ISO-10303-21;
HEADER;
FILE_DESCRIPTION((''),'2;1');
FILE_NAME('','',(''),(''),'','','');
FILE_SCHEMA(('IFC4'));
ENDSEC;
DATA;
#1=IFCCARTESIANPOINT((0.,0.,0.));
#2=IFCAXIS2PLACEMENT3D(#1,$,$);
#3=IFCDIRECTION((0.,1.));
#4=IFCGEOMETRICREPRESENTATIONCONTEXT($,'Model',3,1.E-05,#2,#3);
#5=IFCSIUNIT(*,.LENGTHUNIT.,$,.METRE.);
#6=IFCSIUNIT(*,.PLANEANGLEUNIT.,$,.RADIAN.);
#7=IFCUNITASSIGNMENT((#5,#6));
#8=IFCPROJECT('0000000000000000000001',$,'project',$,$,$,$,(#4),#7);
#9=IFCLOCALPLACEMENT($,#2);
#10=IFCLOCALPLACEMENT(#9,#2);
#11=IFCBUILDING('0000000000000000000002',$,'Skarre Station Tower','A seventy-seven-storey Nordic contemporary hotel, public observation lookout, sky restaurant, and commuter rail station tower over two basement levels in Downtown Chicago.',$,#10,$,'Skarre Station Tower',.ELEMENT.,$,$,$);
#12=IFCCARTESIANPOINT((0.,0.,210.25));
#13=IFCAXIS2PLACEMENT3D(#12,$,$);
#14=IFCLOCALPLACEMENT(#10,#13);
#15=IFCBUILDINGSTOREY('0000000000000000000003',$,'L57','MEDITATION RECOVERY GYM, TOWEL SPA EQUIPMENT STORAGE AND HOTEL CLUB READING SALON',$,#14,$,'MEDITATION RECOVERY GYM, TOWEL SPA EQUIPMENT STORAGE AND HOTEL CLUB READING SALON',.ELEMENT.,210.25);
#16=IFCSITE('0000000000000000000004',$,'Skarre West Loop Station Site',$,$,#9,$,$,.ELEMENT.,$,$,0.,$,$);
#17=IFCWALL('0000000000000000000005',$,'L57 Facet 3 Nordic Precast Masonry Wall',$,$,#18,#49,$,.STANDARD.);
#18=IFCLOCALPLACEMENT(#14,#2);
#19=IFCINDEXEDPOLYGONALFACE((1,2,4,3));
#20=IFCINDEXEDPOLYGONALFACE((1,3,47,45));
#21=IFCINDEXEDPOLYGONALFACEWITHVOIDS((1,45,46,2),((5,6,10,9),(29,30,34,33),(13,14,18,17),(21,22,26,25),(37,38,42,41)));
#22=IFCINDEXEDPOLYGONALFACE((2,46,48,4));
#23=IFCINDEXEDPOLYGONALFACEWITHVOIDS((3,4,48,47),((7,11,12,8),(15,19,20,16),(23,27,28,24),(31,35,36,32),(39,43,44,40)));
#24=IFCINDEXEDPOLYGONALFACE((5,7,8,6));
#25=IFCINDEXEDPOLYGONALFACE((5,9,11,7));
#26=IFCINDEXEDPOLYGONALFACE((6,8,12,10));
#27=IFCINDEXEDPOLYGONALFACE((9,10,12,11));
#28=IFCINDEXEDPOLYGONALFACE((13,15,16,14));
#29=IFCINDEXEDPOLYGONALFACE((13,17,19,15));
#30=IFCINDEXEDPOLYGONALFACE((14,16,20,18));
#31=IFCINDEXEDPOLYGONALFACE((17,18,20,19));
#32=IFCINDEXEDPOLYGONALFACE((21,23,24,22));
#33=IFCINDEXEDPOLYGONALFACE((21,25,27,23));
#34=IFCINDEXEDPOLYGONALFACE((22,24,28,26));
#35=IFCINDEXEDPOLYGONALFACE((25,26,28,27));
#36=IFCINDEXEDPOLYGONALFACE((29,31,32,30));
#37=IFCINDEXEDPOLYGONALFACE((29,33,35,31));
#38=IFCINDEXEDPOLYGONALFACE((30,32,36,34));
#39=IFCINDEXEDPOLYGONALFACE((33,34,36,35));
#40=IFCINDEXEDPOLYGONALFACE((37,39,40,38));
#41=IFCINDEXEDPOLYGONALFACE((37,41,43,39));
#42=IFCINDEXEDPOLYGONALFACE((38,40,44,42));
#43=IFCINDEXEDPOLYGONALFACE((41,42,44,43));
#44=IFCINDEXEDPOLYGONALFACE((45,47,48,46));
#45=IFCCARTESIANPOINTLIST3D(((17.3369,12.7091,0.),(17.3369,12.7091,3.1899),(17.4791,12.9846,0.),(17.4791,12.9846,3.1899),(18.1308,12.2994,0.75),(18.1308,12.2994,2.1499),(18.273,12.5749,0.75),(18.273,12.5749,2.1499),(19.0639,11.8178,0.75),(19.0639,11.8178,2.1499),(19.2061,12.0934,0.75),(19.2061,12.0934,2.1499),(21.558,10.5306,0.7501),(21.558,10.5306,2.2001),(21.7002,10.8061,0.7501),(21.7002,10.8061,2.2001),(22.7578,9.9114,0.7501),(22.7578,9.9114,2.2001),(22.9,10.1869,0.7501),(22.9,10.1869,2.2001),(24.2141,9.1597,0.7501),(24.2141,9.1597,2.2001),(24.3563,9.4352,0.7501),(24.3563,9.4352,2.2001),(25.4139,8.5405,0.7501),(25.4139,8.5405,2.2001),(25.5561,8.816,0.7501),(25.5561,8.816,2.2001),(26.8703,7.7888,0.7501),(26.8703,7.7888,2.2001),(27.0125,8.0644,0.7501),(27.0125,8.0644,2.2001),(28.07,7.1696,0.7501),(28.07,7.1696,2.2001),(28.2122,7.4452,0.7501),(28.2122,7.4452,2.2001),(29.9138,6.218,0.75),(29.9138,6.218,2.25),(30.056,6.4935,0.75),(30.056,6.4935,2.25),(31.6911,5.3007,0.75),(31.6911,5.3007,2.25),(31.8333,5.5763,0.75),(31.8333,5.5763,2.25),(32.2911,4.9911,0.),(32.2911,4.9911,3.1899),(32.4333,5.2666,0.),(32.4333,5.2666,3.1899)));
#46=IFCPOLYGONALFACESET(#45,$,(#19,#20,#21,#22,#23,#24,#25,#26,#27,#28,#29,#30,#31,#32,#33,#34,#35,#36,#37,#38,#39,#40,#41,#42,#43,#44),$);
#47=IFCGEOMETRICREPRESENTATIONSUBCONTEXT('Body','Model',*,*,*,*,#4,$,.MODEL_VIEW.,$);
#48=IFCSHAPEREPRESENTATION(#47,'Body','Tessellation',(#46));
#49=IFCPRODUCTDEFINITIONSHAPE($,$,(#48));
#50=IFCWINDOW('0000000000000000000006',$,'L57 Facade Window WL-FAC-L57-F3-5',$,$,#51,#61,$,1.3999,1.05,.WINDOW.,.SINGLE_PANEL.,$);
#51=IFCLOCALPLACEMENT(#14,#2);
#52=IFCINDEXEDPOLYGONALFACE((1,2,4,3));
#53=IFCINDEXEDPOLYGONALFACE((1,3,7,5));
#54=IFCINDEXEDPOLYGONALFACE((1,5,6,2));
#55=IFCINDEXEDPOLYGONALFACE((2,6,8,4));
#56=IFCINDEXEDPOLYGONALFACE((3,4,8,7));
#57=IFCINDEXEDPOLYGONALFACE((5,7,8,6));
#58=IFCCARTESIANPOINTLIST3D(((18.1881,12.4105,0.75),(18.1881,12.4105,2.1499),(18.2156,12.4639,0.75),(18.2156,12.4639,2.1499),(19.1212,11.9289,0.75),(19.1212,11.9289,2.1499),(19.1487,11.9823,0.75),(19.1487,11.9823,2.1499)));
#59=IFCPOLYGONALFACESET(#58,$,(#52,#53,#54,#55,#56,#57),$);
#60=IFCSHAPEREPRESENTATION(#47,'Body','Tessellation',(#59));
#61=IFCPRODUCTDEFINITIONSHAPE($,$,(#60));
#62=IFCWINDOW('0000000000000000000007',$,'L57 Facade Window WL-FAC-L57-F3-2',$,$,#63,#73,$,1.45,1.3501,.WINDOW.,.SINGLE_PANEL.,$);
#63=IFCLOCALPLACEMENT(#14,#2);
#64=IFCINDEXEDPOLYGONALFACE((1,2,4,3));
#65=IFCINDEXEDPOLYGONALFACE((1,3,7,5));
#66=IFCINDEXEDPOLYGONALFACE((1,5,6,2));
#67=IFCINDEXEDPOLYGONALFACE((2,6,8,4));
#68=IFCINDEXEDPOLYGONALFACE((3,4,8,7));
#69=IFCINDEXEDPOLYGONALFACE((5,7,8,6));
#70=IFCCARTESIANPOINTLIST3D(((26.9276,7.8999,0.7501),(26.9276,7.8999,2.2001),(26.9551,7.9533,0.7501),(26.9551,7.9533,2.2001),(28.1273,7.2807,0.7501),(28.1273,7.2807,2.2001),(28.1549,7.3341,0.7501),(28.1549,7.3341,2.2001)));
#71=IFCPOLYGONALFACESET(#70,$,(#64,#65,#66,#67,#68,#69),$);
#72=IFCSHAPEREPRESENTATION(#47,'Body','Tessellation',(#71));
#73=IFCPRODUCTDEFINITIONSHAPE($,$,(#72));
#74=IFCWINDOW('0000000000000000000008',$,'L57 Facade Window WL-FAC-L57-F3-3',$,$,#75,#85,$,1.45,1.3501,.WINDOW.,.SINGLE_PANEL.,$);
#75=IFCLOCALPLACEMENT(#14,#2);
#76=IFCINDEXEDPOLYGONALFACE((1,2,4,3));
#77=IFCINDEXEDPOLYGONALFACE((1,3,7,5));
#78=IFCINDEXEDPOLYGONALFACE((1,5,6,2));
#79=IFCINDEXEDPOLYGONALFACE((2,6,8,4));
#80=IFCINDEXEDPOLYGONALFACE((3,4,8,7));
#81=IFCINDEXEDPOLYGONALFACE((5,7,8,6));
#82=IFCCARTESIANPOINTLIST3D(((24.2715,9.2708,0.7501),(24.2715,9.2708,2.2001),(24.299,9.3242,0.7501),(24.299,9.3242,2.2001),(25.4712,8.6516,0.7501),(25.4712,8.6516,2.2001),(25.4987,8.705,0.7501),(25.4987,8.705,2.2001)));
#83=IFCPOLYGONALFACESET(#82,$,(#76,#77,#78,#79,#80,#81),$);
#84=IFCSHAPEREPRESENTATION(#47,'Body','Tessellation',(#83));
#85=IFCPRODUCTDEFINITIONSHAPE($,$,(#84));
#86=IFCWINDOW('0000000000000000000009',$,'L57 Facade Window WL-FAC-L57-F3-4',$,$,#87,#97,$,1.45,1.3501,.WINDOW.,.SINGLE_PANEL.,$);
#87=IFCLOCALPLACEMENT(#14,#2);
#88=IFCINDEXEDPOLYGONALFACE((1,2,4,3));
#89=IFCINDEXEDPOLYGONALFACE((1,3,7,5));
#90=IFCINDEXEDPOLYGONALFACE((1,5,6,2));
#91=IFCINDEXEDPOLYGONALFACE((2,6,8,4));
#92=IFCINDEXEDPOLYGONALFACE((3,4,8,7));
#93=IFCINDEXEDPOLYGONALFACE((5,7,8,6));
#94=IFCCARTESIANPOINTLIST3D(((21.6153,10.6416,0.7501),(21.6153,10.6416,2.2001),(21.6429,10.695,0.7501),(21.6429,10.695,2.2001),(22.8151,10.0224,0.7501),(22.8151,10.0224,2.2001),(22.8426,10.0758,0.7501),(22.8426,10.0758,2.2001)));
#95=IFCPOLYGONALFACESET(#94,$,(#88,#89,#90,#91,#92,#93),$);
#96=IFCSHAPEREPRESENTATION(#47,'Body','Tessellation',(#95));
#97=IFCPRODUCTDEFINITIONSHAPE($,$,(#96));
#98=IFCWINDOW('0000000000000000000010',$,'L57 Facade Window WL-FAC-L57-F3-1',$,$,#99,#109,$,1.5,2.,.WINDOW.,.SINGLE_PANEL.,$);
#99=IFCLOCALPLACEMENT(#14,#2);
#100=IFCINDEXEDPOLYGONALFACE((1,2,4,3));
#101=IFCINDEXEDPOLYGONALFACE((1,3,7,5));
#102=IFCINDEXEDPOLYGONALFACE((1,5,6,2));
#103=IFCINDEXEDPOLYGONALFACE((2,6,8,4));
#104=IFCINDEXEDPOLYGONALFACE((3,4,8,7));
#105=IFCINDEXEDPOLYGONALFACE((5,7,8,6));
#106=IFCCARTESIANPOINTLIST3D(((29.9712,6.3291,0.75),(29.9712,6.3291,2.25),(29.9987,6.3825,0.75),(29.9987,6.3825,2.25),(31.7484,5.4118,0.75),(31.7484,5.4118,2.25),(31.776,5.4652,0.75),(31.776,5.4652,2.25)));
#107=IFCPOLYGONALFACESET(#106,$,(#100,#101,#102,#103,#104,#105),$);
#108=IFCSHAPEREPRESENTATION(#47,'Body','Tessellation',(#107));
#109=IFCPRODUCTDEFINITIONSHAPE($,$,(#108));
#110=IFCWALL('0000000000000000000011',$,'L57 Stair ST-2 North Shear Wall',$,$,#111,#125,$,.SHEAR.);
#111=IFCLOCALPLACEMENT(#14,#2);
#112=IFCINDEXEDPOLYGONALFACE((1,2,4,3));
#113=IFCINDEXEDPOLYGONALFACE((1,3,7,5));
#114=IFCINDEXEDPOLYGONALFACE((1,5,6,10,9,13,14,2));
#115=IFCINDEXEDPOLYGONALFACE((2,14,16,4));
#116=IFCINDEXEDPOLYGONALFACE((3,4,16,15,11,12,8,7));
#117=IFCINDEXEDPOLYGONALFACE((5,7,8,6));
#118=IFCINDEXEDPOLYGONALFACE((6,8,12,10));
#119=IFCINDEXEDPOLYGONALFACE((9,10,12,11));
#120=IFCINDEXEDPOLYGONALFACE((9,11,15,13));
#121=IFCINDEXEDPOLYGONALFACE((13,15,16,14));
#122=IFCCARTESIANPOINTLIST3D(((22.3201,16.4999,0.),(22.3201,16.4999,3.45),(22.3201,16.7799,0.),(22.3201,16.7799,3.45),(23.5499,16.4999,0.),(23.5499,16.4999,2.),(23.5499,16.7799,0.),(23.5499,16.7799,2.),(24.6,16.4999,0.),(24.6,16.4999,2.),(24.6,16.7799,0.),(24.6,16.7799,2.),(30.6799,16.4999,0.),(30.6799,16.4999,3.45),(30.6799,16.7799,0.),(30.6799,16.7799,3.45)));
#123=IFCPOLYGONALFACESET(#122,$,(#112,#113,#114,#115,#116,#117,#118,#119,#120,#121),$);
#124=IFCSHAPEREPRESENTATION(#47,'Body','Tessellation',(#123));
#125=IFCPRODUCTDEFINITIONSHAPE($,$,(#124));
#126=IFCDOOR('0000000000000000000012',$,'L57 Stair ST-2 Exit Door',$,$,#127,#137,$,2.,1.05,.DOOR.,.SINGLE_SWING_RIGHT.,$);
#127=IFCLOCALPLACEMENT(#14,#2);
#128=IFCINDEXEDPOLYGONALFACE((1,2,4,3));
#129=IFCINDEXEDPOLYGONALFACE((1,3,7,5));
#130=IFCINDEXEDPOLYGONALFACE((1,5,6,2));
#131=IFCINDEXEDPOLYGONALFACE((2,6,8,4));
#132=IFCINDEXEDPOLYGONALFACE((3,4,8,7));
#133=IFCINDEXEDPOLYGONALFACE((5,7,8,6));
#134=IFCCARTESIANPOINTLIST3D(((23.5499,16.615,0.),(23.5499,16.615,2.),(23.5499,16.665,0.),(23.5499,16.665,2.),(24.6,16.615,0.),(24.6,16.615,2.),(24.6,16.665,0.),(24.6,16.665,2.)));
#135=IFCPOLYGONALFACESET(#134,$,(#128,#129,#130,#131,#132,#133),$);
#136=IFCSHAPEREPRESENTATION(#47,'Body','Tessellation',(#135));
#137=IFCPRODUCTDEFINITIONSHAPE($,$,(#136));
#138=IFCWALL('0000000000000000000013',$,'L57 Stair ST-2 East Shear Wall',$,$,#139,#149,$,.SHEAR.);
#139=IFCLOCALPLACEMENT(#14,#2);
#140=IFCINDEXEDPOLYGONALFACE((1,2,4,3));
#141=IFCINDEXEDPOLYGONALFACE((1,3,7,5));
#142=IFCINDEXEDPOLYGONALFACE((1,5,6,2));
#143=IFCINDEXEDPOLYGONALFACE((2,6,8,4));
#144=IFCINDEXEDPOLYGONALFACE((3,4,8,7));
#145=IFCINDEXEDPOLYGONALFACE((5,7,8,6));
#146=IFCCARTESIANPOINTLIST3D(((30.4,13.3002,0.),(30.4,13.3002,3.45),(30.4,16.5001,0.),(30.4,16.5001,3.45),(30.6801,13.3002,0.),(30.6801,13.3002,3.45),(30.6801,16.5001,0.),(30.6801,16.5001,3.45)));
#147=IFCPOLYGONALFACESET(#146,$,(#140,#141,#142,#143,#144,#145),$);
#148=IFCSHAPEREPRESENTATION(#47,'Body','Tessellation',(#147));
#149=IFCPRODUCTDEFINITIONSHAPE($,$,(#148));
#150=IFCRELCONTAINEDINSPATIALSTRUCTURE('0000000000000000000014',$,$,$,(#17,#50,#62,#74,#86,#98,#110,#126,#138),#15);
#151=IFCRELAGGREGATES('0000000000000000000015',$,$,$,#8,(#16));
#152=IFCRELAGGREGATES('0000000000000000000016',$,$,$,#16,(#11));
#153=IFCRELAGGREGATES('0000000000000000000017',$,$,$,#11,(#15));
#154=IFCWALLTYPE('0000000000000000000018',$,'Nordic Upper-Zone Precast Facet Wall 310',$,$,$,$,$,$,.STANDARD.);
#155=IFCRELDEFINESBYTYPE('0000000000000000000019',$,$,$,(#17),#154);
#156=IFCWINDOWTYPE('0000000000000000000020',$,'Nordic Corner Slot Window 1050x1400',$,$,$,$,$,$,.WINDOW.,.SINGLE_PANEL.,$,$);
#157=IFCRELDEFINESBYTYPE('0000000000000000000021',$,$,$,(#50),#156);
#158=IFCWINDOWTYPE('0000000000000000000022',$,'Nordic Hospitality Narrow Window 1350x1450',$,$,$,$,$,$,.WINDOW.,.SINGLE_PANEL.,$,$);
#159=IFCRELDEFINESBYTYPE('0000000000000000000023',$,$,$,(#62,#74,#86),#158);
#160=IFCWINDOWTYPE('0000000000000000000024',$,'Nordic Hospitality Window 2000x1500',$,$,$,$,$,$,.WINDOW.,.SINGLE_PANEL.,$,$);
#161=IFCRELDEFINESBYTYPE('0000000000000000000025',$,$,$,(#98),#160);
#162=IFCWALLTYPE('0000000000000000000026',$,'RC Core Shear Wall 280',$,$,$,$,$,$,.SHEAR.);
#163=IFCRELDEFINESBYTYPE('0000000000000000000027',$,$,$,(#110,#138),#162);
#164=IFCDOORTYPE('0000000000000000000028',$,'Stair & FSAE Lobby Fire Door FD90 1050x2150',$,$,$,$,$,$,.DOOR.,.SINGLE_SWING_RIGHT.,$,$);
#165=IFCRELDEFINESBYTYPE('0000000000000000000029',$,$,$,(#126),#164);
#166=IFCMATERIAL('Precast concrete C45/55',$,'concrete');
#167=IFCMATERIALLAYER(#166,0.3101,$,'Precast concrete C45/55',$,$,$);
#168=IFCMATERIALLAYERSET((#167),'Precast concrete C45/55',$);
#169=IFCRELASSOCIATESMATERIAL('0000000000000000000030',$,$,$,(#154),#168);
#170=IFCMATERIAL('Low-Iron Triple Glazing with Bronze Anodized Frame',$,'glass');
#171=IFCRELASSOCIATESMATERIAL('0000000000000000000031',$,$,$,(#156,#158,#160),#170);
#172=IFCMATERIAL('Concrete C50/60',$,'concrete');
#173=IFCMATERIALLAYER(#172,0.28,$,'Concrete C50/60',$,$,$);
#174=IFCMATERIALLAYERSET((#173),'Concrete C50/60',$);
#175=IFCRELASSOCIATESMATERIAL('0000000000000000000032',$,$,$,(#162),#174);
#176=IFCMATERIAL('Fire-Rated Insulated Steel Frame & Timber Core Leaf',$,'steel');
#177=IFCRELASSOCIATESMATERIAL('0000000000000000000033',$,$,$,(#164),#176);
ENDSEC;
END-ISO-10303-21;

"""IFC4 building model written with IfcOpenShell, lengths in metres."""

from ifc_helpers import new_model, si_unit, direction, frame, frame_2d, origin, place, context, subcontext, project, spatial, rectangle, extrude, material, layer, layer_set, type_object, element, fill, save


model = new_model("IFC4")

# Units and contexts
model_context = context("Model", 3, precision=1e-05, world=origin(), true_north=direction((0.0, 1.0)))
body_context = subcontext(model_context, "Body", "Model", "MODEL_VIEW")
ifc_project = project(units=[si_unit("LENGTHUNIT", "METRE"), si_unit("PLANEANGLEUNIT", "RADIAN")], contexts=[model_context])

# Site, building, storey
site_placement = place(None, origin())
site = spatial("IfcSite", under=ifc_project, at=site_placement, Name="Skarre West Loop Station Site", CompositionType="ELEMENT", RefElevation=0.0)
building_placement = place(site_placement, origin())
building = spatial("IfcBuilding", under=site, at=building_placement, Name="Skarre Station Tower", Description="A seventy-seven-storey Nordic contemporary hotel, public observation lookout, sky restaurant, and commuter rail station tower over two basement levels in Downtown Chicago.", LongName="Skarre Station Tower", CompositionType="ELEMENT")
storey_placement = place(building_placement, frame((0.0, 0.0, 210.25)))
storey = spatial("IfcBuildingStorey", under=building, at=storey_placement, Name="L57", Description="MEDITATION RECOVERY GYM, TOWEL SPA EQUIPMENT STORAGE AND HOTEL CLUB READING SALON", LongName="MEDITATION RECOVERY GYM, TOWEL SPA EQUIPMENT STORAGE AND HOTEL CLUB READING SALON", CompositionType="ELEMENT", Elevation=210.25)

# Shared definitions
ifc_material_1 = material(Name="Precast concrete C45/55", Category="concrete")

# Wall, openings, windows
ifc_layer_1 = layer(ifc_material_1, 0.3101, Name="Precast concrete C45/55")
ifc_layer_set_1 = layer_set([ifc_layer_1], Name="Precast concrete C45/55")
wall_type_1 = type_object("IfcWallType", Name="Nordic Upper-Zone Precast Facet Wall 310", PredefinedType="STANDARD", material=ifc_layer_set_1)
wall_1_placement = place(storey_placement, frame((32.3621, 5.1289, 0.0), z_axis=(0.0, 0.0, 1.0), x_axis=(-0.888626, 0.458632, 0.0)))
wall_1 = element("IfcWall", 1, at=wall_1_placement, inside=storey, type_object=wall_type_1, Name="L57 Facet 3 Nordic Precast Masonry Wall", PredefinedType="STANDARD", context=body_context, shape_type="SweptSolid", body=[
    extrude(rectangle(XDim=16.8284, YDim=0.3101, at=frame_2d((8.4141, 0.0))), origin(), (0.0, 0.0, 1.0), 3.1899),
])
opening_1_placement = place(wall_1_placement, frame((0.675, 0.0, 0.75)))
opening_1 = element("IfcOpeningElement", 2, at=opening_1_placement, cuts=wall_1, PredefinedType="OPENING", context=body_context, shape_type="SweptSolid", body=[
    extrude(rectangle(XDim=2.0, YDim=1.5, at=frame_2d((1.0, 0.75))), frame((0.0, 0.165, 0.0), z_axis=(0.0, -1.0, 0.0), x_axis=(1.0, 0.0, 0.0)), (0.0, 0.0, 1.0), 0.3301),
])
opening_2_placement = place(wall_1_placement, frame((4.75, 0.0, 0.75)))
opening_2 = element("IfcOpeningElement", 3, at=opening_2_placement, cuts=wall_1, PredefinedType="OPENING", context=body_context, shape_type="SweptSolid", body=[
    extrude(rectangle(XDim=1.3501, YDim=1.45, at=frame_2d((0.675, 0.7251))), frame((0.0, 0.165, 0.0), z_axis=(0.0, -1.0, 0.0), x_axis=(1.0, 0.0, 0.0)), (0.0, 0.0, 1.0), 0.3301),
])
opening_3_placement = place(wall_1_placement, frame((7.739, 0.0, 0.75)))
opening_3 = element("IfcOpeningElement", 4, at=opening_3_placement, cuts=wall_1, PredefinedType="OPENING", context=body_context, shape_type="SweptSolid", body=[
    extrude(rectangle(XDim=1.3501, YDim=1.45, at=frame_2d((0.675, 0.7251))), frame((0.0, 0.165, 0.0), z_axis=(0.0, -1.0, 0.0), x_axis=(1.0, 0.0, 0.0)), (0.0, 0.0, 1.0), 0.3301),
])
opening_4_placement = place(wall_1_placement, frame((10.728, 0.0, 0.75)))
opening_4 = element("IfcOpeningElement", 5, at=opening_4_placement, cuts=wall_1, PredefinedType="OPENING", context=body_context, shape_type="SweptSolid", body=[
    extrude(rectangle(XDim=1.3501, YDim=1.45, at=frame_2d((0.675, 0.7251))), frame((0.0, 0.165, 0.0), z_axis=(0.0, -1.0, 0.0), x_axis=(1.0, 0.0, 0.0)), (0.0, 0.0, 1.0), 0.3301),
])
opening_5_placement = place(wall_1_placement, frame((14.885, 0.0, 0.75)))
opening_5 = element("IfcOpeningElement", 6, at=opening_5_placement, cuts=wall_1, PredefinedType="OPENING", context=body_context, shape_type="SweptSolid", body=[
    extrude(rectangle(XDim=1.05, YDim=1.3999, at=frame_2d((0.5249, 0.7))), frame((0.0, 0.165, 0.0), z_axis=(0.0, -1.0, 0.0), x_axis=(1.0, 0.0, 0.0)), (0.0, 0.0, 1.0), 0.3301),
])
ifc_material_2 = material(Name="Low-Iron Triple Glazing with Bronze Anodized Frame", Category="glass")
window_type_1 = type_object("IfcWindowType", Name="Nordic Corner Slot Window 1050x1400", PartitioningType="SINGLE_PANEL", PredefinedType="WINDOW", material=ifc_material_2)
window_1_placement = place(opening_5_placement, origin())
window_1 = element("IfcWindow", 7, at=window_1_placement, inside=storey, type_object=window_type_1, Name="L57 Facade Window WL-FAC-L57-F3-5", OverallHeight=1.3999, OverallWidth=1.05, PartitioningType="SINGLE_PANEL", PredefinedType="WINDOW", context=body_context, shape_type="SweptSolid", body=[
    extrude(rectangle(XDim=1.05, YDim=1.3999, at=frame_2d((0.5249, 0.7))), frame((0.0, 0.03, 0.0), z_axis=(0.0, -1.0, 0.0), x_axis=(1.0, 0.0, 0.0)), (0.0, 0.0, 1.0), 0.0601),
])
fill(opening_5, window_1)
window_type_2 = type_object("IfcWindowType", Name="Nordic Hospitality Narrow Window 1350x1450", PartitioningType="SINGLE_PANEL", PredefinedType="WINDOW", material=ifc_material_2)
window_2_placement = place(opening_2_placement, origin())
window_2 = element("IfcWindow", 8, at=window_2_placement, inside=storey, type_object=window_type_2, Name="L57 Facade Window WL-FAC-L57-F3-2", OverallHeight=1.45, OverallWidth=1.3501, PartitioningType="SINGLE_PANEL", PredefinedType="WINDOW", context=body_context, shape_type="SweptSolid", body=[
    extrude(rectangle(XDim=1.3501, YDim=1.45, at=frame_2d((0.675, 0.7251))), frame((0.0, 0.03, 0.0), z_axis=(0.0, -1.0, 0.0), x_axis=(1.0, 0.0, 0.0)), (0.0, 0.0, 1.0), 0.0601),
])
fill(opening_2, window_2)
window_3_placement = place(opening_3_placement, origin())
window_3 = element("IfcWindow", 9, at=window_3_placement, inside=storey, type_object=window_type_2, Name="L57 Facade Window WL-FAC-L57-F3-3", OverallHeight=1.45, OverallWidth=1.3501, PartitioningType="SINGLE_PANEL", PredefinedType="WINDOW", context=body_context, shape_type="SweptSolid", body=[
    extrude(rectangle(XDim=1.3501, YDim=1.45, at=frame_2d((0.675, 0.7251))), frame((0.0, 0.03, 0.0), z_axis=(0.0, -1.0, 0.0), x_axis=(1.0, 0.0, 0.0)), (0.0, 0.0, 1.0), 0.0601),
])
fill(opening_3, window_3)
window_4_placement = place(opening_4_placement, origin())
window_4 = element("IfcWindow", 10, at=window_4_placement, inside=storey, type_object=window_type_2, Name="L57 Facade Window WL-FAC-L57-F3-4", OverallHeight=1.45, OverallWidth=1.3501, PartitioningType="SINGLE_PANEL", PredefinedType="WINDOW", context=body_context, shape_type="SweptSolid", body=[
    extrude(rectangle(XDim=1.3501, YDim=1.45, at=frame_2d((0.675, 0.7251))), frame((0.0, 0.03, 0.0), z_axis=(0.0, -1.0, 0.0), x_axis=(1.0, 0.0, 0.0)), (0.0, 0.0, 1.0), 0.0601),
])
fill(opening_4, window_4)
window_type_3 = type_object("IfcWindowType", Name="Nordic Hospitality Window 2000x1500", PartitioningType="SINGLE_PANEL", PredefinedType="WINDOW", material=ifc_material_2)
window_5_placement = place(opening_1_placement, origin())
window_5 = element("IfcWindow", 11, at=window_5_placement, inside=storey, type_object=window_type_3, Name="L57 Facade Window WL-FAC-L57-F3-1", OverallHeight=1.5, OverallWidth=2.0, PartitioningType="SINGLE_PANEL", PredefinedType="WINDOW", context=body_context, shape_type="SweptSolid", body=[
    extrude(rectangle(XDim=2.0, YDim=1.5, at=frame_2d((1.0, 0.75))), frame((0.0, 0.03, 0.0), z_axis=(0.0, -1.0, 0.0), x_axis=(1.0, 0.0, 0.0)), (0.0, 0.0, 1.0), 0.0601),
])
fill(opening_1, window_5)

# Wall, opening, door
ifc_material_3 = material(Name="Concrete C50/60", Category="concrete")
ifc_layer_2 = layer(ifc_material_3, 0.28, Name="Concrete C50/60")
ifc_layer_set_2 = layer_set([ifc_layer_2], Name="Concrete C50/60")
wall_type_2 = type_object("IfcWallType", Name="RC Core Shear Wall 280", PredefinedType="SHEAR", material=ifc_layer_set_2)
wall_2_placement = place(storey_placement, frame((30.6799, 16.6399, 0.0), z_axis=(0.0, 0.0, 1.0), x_axis=(-1.0, 0.0, 0.0)))
wall_2 = element("IfcWall", 12, at=wall_2_placement, inside=storey, type_object=wall_type_2, Name="L57 Stair ST-2 North Shear Wall", PredefinedType="SHEAR", context=body_context, shape_type="SweptSolid", body=[
    extrude(rectangle(XDim=8.3599, YDim=0.28, at=frame_2d((4.1799, 0.0))), origin(), (0.0, 0.0, 1.0), 3.45),
])
opening_6_placement = place(wall_2_placement, frame((6.0801, 0.0, 0.0)))
opening_6 = element("IfcOpeningElement", 13, at=opening_6_placement, cuts=wall_2, PredefinedType="OPENING", context=body_context, shape_type="SweptSolid", body=[
    extrude(rectangle(XDim=1.05, YDim=2.0, at=frame_2d((0.5249, 1.0))), frame((0.0, 0.1499, 0.0), z_axis=(0.0, -1.0, 0.0), x_axis=(1.0, 0.0, 0.0)), (0.0, 0.0, 1.0), 0.3),
])
ifc_material_4 = material(Name="Fire-Rated Insulated Steel Frame & Timber Core Leaf", Category="steel")
door_type_1 = type_object("IfcDoorType", Name="Stair & FSAE Lobby Fire Door FD90 1050x2150", OperationType="SINGLE_SWING_RIGHT", PredefinedType="DOOR", material=ifc_material_4)
door_1_placement = place(opening_6_placement, origin())
door_1 = element("IfcDoor", 14, at=door_1_placement, inside=storey, type_object=door_type_1, Name="L57 Stair ST-2 Exit Door", OperationType="SINGLE_SWING_RIGHT", OverallHeight=2.0, OverallWidth=1.05, PredefinedType="DOOR", context=body_context, shape_type="SweptSolid", body=[
    extrude(rectangle(XDim=1.05, YDim=2.0, at=frame_2d((0.5249, 1.0))), frame((0.0, 0.0249, 0.0), z_axis=(0.0, -1.0, 0.0), x_axis=(1.0, 0.0, 0.0)), (0.0, 0.0, 1.0), 0.05),
])
fill(opening_6, door_1)

# Wall
wall_3_placement = place(storey_placement, frame((30.54, 13.3, 0.0), z_axis=(0.0, 0.0, 1.0), x_axis=(0.0, 1.0, 0.0)))
element("IfcWall", 15, at=wall_3_placement, inside=storey, type_object=wall_type_2, Name="L57 Stair ST-2 East Shear Wall", PredefinedType="SHEAR", context=body_context, shape_type="SweptSolid", body=[
    extrude(rectangle(XDim=3.2, YDim=0.28, at=frame_2d((1.6001, 0.0))), origin(), (0.0, 0.0, 1.0), 3.45),
])

save(model, "model.ifc")
